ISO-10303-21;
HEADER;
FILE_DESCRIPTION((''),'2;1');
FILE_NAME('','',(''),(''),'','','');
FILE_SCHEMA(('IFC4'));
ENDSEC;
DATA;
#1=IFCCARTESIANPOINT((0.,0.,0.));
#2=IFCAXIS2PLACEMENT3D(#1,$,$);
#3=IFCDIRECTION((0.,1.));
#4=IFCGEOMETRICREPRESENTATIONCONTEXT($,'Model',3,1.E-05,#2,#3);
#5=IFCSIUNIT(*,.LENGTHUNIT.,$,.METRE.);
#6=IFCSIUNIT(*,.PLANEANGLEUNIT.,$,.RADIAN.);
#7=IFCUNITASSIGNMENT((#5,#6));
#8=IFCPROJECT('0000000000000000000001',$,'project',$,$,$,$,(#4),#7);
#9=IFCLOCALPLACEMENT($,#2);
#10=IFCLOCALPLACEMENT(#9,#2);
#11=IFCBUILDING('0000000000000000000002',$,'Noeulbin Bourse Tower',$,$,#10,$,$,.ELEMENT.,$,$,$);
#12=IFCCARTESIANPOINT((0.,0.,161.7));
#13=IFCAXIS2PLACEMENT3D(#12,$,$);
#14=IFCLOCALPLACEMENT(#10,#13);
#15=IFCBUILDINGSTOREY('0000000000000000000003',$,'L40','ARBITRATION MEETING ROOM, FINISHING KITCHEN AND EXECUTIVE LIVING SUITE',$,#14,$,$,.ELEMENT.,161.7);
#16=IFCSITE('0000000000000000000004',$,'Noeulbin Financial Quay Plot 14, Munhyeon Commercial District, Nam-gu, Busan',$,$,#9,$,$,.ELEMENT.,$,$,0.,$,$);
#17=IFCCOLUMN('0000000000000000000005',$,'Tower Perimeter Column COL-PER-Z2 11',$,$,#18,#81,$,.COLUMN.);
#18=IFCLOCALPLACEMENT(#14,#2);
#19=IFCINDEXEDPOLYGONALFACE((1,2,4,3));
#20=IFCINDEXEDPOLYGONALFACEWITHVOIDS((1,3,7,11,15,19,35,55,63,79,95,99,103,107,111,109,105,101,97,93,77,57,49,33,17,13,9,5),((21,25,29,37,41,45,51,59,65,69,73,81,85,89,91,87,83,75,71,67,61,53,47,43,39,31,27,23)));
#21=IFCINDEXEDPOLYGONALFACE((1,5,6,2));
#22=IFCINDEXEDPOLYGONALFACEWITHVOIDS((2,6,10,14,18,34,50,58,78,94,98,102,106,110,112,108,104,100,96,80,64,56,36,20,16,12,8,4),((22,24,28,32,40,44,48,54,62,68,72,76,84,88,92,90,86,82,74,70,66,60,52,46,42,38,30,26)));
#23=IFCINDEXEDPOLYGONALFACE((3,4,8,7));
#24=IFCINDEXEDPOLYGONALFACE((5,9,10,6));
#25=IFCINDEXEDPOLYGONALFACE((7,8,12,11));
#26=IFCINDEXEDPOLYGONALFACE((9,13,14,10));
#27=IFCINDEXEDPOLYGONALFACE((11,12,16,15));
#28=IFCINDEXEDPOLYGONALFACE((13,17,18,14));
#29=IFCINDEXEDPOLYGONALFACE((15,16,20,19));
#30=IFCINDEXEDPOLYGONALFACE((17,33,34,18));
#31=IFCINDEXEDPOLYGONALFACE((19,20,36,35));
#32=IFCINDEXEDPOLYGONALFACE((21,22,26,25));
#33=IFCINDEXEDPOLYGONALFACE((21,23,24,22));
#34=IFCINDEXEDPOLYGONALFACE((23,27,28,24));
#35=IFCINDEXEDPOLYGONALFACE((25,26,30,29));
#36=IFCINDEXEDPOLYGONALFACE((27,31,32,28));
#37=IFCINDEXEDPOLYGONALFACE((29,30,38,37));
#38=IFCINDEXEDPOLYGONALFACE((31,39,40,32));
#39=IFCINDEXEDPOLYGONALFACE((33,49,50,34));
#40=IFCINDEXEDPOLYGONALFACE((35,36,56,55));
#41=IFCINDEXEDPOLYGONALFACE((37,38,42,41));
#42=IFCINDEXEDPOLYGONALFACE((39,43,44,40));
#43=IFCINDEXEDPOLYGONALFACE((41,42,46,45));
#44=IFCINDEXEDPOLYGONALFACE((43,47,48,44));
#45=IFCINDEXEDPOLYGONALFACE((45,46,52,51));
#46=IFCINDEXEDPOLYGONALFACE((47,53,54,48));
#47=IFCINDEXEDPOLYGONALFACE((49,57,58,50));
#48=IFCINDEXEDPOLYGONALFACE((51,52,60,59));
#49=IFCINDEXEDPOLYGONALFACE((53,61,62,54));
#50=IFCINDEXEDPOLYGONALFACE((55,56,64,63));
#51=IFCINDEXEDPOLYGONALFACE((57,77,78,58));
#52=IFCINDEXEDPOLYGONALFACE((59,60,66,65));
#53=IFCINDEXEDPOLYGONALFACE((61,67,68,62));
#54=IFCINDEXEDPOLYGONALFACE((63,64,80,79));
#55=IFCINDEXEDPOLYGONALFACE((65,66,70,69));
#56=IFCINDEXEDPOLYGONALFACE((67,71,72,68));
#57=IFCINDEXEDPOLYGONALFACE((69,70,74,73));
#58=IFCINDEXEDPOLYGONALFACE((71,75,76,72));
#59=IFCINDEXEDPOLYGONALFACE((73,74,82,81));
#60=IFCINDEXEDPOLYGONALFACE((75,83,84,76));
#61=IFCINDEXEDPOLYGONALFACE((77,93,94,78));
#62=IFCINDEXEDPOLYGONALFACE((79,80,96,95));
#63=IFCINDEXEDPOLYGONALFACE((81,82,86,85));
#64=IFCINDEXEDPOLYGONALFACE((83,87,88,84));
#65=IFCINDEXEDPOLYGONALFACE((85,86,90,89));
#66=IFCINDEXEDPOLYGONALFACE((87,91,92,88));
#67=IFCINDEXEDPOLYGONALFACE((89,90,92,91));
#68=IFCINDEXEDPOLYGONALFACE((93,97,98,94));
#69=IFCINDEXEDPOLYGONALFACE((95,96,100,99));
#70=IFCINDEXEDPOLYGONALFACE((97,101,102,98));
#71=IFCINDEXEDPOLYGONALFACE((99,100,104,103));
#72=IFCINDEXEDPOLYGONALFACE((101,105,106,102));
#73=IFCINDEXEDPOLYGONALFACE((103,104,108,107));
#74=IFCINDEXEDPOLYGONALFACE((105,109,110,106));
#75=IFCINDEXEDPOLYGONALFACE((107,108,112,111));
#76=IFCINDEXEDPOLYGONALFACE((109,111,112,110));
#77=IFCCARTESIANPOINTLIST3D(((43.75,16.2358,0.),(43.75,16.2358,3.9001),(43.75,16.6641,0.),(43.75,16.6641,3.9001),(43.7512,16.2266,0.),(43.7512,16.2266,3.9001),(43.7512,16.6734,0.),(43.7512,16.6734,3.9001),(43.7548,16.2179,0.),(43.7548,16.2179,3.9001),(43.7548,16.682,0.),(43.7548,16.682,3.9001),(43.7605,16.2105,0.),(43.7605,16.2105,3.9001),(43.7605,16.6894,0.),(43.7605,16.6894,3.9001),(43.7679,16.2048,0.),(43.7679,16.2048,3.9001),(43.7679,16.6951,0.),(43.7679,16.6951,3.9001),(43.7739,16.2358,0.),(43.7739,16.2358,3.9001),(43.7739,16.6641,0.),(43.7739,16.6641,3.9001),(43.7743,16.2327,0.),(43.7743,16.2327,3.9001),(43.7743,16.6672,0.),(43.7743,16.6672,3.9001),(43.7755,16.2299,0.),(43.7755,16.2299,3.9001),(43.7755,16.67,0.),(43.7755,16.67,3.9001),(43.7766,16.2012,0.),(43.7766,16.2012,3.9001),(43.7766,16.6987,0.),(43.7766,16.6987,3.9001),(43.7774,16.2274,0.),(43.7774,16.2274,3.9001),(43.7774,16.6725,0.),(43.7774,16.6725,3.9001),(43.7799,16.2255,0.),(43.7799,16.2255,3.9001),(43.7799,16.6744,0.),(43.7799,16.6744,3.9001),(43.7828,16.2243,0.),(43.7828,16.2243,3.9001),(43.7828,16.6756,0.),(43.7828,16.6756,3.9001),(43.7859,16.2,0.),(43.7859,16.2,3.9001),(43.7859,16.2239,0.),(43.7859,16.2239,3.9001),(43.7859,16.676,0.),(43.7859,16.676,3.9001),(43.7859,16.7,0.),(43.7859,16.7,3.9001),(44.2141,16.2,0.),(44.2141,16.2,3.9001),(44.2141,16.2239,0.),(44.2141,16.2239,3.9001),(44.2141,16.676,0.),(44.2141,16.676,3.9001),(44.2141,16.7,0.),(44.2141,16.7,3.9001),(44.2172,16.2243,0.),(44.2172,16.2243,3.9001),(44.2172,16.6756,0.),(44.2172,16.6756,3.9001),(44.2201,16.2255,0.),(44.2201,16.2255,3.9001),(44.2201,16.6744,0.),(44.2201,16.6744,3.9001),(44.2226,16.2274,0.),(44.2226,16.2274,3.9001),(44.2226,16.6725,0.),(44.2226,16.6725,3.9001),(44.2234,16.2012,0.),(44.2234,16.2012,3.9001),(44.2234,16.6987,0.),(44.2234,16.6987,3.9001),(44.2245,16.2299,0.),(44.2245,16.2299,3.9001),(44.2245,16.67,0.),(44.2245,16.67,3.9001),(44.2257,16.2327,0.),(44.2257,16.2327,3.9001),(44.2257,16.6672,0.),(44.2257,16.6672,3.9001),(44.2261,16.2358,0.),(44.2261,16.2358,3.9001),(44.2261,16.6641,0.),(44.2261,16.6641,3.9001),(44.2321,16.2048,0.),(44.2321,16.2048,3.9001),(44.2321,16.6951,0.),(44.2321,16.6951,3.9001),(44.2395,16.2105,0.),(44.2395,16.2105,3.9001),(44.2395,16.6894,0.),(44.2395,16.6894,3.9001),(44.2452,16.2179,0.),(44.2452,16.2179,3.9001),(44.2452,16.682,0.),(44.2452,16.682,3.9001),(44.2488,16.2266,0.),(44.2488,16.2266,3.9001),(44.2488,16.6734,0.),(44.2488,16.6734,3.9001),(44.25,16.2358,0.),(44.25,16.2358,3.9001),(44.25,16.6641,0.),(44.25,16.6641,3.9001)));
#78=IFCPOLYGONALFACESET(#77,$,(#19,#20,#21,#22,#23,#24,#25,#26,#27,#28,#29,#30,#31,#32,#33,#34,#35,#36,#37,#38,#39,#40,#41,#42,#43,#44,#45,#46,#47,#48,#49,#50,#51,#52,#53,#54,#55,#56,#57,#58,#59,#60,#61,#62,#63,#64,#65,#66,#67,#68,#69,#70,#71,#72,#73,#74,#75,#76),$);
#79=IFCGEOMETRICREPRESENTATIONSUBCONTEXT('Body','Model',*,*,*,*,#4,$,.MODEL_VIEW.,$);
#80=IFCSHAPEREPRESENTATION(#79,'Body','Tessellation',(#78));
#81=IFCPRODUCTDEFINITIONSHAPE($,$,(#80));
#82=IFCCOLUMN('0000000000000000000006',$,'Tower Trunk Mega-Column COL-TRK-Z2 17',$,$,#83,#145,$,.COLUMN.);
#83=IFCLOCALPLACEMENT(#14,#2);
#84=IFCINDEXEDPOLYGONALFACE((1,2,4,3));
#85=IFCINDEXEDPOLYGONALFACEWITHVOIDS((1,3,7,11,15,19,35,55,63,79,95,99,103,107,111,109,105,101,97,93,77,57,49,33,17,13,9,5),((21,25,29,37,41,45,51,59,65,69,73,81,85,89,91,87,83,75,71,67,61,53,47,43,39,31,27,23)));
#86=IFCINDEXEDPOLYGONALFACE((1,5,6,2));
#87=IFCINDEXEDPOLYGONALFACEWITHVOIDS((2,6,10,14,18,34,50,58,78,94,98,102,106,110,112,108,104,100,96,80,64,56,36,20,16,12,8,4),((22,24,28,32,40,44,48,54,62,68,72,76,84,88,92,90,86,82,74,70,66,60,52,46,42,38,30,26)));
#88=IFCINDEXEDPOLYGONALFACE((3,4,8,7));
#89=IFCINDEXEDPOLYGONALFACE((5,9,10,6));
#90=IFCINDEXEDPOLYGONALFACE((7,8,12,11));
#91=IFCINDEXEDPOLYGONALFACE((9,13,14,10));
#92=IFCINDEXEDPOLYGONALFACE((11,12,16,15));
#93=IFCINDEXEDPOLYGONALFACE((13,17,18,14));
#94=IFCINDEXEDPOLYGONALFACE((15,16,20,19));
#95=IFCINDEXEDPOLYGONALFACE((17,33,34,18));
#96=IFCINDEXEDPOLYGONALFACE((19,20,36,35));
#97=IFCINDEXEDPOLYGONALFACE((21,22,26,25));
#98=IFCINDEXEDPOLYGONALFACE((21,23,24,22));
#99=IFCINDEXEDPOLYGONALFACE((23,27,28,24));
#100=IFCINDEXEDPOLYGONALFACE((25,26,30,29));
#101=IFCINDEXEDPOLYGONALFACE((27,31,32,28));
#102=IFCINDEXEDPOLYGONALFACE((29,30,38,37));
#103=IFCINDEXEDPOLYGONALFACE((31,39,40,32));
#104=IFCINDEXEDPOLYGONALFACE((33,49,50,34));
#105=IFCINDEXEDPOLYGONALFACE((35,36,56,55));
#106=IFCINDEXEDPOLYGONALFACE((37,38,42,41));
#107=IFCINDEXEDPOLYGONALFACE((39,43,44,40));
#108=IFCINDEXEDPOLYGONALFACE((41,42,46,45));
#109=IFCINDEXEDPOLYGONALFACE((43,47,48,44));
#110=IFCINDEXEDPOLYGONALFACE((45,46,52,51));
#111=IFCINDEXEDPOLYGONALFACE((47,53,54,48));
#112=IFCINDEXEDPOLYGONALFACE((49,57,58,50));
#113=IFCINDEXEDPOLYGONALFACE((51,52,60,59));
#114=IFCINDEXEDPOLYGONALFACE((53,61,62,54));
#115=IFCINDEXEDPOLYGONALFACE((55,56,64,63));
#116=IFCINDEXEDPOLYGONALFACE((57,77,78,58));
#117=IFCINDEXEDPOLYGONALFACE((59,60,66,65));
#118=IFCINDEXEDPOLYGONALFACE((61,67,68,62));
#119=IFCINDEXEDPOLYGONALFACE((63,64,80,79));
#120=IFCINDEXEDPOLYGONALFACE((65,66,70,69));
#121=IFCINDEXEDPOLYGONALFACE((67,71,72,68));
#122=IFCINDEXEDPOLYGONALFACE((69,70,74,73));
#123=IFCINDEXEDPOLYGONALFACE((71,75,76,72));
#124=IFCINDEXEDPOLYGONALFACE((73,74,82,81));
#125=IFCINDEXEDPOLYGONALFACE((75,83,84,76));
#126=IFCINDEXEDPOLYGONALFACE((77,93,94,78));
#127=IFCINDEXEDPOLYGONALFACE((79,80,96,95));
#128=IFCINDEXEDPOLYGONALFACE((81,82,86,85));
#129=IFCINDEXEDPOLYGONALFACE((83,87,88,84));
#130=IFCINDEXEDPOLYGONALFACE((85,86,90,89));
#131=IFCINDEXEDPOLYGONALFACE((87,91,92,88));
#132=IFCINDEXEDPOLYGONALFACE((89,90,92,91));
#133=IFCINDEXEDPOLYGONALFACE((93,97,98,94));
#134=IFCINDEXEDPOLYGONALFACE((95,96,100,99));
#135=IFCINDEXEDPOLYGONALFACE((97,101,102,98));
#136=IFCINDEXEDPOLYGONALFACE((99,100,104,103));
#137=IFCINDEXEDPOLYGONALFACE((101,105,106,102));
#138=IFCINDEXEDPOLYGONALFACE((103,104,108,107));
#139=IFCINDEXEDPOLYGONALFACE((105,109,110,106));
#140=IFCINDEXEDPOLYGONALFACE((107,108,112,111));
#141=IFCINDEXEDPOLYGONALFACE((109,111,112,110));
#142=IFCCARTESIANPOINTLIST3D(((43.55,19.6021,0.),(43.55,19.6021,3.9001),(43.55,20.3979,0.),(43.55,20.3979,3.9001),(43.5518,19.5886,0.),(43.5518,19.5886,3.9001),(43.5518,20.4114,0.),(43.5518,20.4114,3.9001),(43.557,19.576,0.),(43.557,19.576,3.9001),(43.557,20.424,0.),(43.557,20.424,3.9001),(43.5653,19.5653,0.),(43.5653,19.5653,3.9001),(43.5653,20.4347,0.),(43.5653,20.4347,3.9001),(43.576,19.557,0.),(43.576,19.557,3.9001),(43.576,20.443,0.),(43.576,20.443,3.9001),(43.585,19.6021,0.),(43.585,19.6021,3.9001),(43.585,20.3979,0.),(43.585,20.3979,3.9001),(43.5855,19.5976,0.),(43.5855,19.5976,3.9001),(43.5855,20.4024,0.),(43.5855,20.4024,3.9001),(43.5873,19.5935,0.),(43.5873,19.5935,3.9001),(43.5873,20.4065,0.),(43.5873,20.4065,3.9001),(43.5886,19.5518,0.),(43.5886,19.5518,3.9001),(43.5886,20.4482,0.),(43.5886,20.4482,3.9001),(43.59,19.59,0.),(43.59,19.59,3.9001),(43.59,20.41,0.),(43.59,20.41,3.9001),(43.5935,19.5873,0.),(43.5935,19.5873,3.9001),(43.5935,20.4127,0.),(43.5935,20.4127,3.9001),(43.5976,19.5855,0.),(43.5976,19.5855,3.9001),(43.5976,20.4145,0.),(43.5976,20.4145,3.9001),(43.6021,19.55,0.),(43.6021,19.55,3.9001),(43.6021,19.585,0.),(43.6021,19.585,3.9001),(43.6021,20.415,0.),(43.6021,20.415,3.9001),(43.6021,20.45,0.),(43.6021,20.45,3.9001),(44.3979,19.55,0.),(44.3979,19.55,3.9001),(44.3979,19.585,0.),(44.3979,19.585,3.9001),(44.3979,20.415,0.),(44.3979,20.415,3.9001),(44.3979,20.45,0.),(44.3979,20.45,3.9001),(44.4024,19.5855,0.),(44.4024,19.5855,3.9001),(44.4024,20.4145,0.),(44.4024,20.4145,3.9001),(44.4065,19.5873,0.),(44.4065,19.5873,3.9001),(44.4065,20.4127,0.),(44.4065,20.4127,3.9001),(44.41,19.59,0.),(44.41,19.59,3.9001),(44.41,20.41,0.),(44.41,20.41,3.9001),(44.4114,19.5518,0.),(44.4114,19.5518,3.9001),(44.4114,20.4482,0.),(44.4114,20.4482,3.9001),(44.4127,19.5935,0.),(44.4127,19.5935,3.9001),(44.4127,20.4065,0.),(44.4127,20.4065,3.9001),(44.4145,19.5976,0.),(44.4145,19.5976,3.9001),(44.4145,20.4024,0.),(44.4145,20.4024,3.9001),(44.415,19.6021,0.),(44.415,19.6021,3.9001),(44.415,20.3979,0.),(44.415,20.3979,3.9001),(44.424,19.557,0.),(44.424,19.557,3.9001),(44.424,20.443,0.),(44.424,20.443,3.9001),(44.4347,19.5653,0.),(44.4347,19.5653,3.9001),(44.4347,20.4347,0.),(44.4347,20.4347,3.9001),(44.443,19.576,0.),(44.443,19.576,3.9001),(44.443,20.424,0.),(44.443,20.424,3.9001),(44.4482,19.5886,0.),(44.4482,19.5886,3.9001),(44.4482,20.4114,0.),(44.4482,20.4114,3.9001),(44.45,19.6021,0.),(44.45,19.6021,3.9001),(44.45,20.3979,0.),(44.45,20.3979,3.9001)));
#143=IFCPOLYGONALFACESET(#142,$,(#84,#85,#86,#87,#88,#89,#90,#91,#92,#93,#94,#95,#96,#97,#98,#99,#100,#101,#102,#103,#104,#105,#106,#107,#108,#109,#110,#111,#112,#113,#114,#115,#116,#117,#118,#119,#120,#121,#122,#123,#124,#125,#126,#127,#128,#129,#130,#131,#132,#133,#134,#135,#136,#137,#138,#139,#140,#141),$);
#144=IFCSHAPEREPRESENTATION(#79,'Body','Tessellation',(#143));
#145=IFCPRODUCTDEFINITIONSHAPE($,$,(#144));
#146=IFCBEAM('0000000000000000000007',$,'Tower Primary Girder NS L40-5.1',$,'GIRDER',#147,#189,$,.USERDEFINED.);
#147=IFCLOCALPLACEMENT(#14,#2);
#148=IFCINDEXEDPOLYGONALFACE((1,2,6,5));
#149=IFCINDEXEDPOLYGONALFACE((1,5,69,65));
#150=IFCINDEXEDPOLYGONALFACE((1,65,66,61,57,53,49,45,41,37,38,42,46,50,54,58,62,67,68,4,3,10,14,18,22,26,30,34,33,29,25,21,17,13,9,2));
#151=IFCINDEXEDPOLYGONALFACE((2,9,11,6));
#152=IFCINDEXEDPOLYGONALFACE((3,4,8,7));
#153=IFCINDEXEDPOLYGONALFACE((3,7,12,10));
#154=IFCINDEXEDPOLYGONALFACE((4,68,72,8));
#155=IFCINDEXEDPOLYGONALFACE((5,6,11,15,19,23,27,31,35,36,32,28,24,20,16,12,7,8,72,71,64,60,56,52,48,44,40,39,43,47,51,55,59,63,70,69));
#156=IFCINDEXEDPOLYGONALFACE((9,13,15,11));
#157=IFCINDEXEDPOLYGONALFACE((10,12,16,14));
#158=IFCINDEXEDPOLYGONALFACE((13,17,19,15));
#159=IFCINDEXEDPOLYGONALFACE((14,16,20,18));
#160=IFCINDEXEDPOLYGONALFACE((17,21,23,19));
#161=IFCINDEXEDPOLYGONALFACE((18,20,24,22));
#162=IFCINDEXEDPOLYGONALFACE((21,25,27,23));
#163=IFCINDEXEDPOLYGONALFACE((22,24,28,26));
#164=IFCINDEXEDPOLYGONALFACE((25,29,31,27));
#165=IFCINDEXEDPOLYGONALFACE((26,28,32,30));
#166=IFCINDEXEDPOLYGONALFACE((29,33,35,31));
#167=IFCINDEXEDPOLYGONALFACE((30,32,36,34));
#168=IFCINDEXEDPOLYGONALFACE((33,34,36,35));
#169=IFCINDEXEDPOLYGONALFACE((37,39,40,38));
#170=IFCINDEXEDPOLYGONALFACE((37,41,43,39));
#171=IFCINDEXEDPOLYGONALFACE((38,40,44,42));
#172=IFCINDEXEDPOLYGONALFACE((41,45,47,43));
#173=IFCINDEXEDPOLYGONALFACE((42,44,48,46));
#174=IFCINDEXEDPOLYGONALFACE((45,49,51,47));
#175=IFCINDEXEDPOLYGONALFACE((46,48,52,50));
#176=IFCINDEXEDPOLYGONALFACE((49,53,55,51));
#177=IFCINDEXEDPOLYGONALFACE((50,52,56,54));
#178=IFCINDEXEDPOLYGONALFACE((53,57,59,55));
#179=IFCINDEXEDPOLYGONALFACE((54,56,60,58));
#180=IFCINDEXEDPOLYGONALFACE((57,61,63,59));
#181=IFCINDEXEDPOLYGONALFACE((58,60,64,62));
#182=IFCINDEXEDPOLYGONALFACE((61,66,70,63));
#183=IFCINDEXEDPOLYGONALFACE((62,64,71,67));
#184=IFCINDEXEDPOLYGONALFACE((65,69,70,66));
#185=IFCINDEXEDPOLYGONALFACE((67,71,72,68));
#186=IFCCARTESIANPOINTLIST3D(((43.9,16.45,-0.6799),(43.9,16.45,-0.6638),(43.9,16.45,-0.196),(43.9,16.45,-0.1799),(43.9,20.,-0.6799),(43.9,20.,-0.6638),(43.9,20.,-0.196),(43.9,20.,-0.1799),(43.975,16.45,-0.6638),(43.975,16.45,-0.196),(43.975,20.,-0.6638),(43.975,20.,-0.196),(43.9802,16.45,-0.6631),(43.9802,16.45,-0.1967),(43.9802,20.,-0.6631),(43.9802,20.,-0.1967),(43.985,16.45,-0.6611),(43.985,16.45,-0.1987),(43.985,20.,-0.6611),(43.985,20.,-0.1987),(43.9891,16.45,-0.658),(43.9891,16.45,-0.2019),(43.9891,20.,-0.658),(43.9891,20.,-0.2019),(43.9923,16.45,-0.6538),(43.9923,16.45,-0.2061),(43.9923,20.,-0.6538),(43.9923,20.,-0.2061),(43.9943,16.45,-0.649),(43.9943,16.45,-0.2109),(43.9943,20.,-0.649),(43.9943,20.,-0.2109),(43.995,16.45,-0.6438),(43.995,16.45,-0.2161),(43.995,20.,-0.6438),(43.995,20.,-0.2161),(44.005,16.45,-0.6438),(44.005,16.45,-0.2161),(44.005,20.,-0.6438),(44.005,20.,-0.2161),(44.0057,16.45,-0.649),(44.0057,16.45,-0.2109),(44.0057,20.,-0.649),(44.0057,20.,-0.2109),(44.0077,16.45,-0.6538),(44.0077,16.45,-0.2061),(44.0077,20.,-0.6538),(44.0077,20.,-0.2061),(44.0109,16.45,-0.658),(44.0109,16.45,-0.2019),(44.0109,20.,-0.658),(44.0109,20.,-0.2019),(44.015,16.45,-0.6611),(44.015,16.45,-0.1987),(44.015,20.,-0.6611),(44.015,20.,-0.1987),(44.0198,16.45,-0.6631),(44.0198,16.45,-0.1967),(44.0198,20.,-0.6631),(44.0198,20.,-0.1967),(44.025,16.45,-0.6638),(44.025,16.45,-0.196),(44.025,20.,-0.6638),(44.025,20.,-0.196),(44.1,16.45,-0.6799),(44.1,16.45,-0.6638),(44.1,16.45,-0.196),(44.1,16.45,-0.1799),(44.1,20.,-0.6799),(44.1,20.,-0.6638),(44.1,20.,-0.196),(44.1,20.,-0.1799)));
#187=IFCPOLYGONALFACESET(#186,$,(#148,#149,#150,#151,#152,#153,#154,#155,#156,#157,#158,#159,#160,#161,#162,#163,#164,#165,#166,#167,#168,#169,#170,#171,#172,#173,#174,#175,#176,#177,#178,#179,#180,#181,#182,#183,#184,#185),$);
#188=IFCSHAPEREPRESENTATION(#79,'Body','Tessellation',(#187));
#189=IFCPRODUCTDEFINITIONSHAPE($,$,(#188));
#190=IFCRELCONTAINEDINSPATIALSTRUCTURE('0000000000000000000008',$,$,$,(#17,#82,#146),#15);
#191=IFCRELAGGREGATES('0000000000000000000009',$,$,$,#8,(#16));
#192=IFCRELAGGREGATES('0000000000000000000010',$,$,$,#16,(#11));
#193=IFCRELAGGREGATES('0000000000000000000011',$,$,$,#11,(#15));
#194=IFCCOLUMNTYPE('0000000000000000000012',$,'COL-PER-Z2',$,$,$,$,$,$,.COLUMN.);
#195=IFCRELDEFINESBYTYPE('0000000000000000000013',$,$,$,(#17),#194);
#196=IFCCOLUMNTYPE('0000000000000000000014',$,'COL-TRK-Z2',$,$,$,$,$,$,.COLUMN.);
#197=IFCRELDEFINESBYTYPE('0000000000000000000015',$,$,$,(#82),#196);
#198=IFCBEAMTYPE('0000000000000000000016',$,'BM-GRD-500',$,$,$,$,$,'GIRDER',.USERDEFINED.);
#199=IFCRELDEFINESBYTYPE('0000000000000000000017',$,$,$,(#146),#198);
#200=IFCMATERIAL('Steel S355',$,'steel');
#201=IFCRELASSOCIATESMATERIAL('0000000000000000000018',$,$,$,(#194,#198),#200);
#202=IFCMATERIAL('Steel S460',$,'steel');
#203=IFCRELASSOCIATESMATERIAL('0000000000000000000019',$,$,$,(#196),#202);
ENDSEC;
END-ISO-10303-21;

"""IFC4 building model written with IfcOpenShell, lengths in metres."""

from ifc_helpers import new_model, si_unit, direction, frame, origin, origin_2d, place, context, subcontext, project, spatial, hollow_rectangle, i_section, extrude, material, material_profile, profile_set, type_object, element, save


model = new_model("IFC4")

# Units and contexts
model_context = context("Model", 3, precision=1e-05, world=origin(), true_north=direction((0.0, 1.0)))
body_context = subcontext(model_context, "Body", "Model", "MODEL_VIEW")
ifc_project = project(units=[si_unit("LENGTHUNIT", "METRE"), si_unit("PLANEANGLEUNIT", "RADIAN")], contexts=[model_context])

# Site, building, storey
site_placement = place(None, origin())
site = spatial("IfcSite", under=ifc_project, at=site_placement, Name="Noeulbin Financial Quay Plot 14, Munhyeon Commercial District, Nam-gu, Busan", CompositionType="ELEMENT", RefElevation=0.0)
building_placement = place(site_placement, origin())
building = spatial("IfcBuilding", under=site, at=building_placement, Name="Noeulbin Bourse Tower", CompositionType="ELEMENT")
storey_placement = place(building_placement, frame((0.0, 0.0, 161.7)))
storey = spatial("IfcBuildingStorey", under=building, at=storey_placement, Name="L40", Description="ARBITRATION MEETING ROOM, FINISHING KITCHEN AND EXECUTIVE LIVING SUITE", CompositionType="ELEMENT", Elevation=161.7)

# Columns
ifc_material_1 = material(Name="Steel S355", Category="steel")
ifc_material_profile_1 = material_profile(ifc_material_1, hollow_rectangle(XDim=0.5, YDim=0.5, WallThickness=0.0239, InnerFilletRadius=0.012, OuterFilletRadius=0.0359, at=origin_2d()), Name="BOX-500x500x24", Category="LoadBearing")
ifc_profile_set_1 = profile_set([ifc_material_profile_1], Name="Steel S355")
column_type_1 = type_object("IfcColumnType", Name="COL-PER-Z2", PredefinedType="COLUMN", material=ifc_profile_set_1)
column_1_placement = place(storey_placement, frame((44.0, 16.45, 0.0), z_axis=(0.0, 0.0, 1.0), x_axis=(1.0, 0.0, 0.0)))
element("IfcColumn", 1, at=column_1_placement, inside=storey, type_object=column_type_1, Name="Tower Perimeter Column COL-PER-Z2 11", PredefinedType="COLUMN", context=body_context, shape_type="SweptSolid", body=[
    extrude(hollow_rectangle(XDim=0.5, YDim=0.5, WallThickness=0.0239, InnerFilletRadius=0.012, OuterFilletRadius=0.0359, at=origin_2d()), origin(), (0.0, 0.0, 1.0), 3.9001),
])
ifc_material_2 = material(Name="Steel S460", Category="steel")
ifc_material_profile_2 = material_profile(ifc_material_2, hollow_rectangle(XDim=0.8999, YDim=0.8999, WallThickness=0.0349, InnerFilletRadius=0.0171, OuterFilletRadius=0.052, at=origin_2d()), Name="BOX-900x900x35", Category="LoadBearing")
ifc_profile_set_2 = profile_set([ifc_material_profile_2], Name="Steel S460")
column_type_2 = type_object("IfcColumnType", Name="COL-TRK-Z2", PredefinedType="COLUMN", material=ifc_profile_set_2)
column_2_placement = place(storey_placement, frame((44.0, 20.0, 0.0), z_axis=(0.0, 0.0, 1.0), x_axis=(1.0, 0.0, 0.0)))
element("IfcColumn", 2, at=column_2_placement, inside=storey, type_object=column_type_2, Name="Tower Trunk Mega-Column COL-TRK-Z2 17", PredefinedType="COLUMN", context=body_context, shape_type="SweptSolid", body=[
    extrude(hollow_rectangle(XDim=0.8999, YDim=0.8999, WallThickness=0.0349, InnerFilletRadius=0.0171, OuterFilletRadius=0.052, at=origin_2d()), origin(), (0.0, 0.0, 1.0), 3.9001),
])

# Beam
ifc_material_profile_3 = material_profile(ifc_material_1, i_section(OverallWidth=0.2, OverallDepth=0.5, WebThickness=0.01, FlangeThickness=0.0161, FilletRadius=0.02, at=origin_2d()), Name="H-500x200x10x16", Category="LoadBearing")
ifc_profile_set_3 = profile_set([ifc_material_profile_3], Name="Steel S355")
beam_type_1 = type_object("IfcBeamType", Name="BM-GRD-500", ElementType="GIRDER", PredefinedType="USERDEFINED", material=ifc_profile_set_3)
beam_1_placement = place(storey_placement, frame((44.0, 16.45, -0.4299), z_axis=(0.0, 1.0, 0.0), x_axis=(-1.0, 0.0, 0.0)))
element("IfcBeam", 3, at=beam_1_placement, inside=storey, type_object=beam_type_1, Name="Tower Primary Girder NS L40-5.1", ObjectType="GIRDER", PredefinedType="USERDEFINED", context=body_context, shape_type="SweptSolid", body=[
    extrude(i_section(OverallWidth=0.2, OverallDepth=0.5, WebThickness=0.01, FlangeThickness=0.0161, FilletRadius=0.02, at=origin_2d()), origin(), (0.0, 0.0, 1.0), 3.55),
])

save(model, "model.ifc")
